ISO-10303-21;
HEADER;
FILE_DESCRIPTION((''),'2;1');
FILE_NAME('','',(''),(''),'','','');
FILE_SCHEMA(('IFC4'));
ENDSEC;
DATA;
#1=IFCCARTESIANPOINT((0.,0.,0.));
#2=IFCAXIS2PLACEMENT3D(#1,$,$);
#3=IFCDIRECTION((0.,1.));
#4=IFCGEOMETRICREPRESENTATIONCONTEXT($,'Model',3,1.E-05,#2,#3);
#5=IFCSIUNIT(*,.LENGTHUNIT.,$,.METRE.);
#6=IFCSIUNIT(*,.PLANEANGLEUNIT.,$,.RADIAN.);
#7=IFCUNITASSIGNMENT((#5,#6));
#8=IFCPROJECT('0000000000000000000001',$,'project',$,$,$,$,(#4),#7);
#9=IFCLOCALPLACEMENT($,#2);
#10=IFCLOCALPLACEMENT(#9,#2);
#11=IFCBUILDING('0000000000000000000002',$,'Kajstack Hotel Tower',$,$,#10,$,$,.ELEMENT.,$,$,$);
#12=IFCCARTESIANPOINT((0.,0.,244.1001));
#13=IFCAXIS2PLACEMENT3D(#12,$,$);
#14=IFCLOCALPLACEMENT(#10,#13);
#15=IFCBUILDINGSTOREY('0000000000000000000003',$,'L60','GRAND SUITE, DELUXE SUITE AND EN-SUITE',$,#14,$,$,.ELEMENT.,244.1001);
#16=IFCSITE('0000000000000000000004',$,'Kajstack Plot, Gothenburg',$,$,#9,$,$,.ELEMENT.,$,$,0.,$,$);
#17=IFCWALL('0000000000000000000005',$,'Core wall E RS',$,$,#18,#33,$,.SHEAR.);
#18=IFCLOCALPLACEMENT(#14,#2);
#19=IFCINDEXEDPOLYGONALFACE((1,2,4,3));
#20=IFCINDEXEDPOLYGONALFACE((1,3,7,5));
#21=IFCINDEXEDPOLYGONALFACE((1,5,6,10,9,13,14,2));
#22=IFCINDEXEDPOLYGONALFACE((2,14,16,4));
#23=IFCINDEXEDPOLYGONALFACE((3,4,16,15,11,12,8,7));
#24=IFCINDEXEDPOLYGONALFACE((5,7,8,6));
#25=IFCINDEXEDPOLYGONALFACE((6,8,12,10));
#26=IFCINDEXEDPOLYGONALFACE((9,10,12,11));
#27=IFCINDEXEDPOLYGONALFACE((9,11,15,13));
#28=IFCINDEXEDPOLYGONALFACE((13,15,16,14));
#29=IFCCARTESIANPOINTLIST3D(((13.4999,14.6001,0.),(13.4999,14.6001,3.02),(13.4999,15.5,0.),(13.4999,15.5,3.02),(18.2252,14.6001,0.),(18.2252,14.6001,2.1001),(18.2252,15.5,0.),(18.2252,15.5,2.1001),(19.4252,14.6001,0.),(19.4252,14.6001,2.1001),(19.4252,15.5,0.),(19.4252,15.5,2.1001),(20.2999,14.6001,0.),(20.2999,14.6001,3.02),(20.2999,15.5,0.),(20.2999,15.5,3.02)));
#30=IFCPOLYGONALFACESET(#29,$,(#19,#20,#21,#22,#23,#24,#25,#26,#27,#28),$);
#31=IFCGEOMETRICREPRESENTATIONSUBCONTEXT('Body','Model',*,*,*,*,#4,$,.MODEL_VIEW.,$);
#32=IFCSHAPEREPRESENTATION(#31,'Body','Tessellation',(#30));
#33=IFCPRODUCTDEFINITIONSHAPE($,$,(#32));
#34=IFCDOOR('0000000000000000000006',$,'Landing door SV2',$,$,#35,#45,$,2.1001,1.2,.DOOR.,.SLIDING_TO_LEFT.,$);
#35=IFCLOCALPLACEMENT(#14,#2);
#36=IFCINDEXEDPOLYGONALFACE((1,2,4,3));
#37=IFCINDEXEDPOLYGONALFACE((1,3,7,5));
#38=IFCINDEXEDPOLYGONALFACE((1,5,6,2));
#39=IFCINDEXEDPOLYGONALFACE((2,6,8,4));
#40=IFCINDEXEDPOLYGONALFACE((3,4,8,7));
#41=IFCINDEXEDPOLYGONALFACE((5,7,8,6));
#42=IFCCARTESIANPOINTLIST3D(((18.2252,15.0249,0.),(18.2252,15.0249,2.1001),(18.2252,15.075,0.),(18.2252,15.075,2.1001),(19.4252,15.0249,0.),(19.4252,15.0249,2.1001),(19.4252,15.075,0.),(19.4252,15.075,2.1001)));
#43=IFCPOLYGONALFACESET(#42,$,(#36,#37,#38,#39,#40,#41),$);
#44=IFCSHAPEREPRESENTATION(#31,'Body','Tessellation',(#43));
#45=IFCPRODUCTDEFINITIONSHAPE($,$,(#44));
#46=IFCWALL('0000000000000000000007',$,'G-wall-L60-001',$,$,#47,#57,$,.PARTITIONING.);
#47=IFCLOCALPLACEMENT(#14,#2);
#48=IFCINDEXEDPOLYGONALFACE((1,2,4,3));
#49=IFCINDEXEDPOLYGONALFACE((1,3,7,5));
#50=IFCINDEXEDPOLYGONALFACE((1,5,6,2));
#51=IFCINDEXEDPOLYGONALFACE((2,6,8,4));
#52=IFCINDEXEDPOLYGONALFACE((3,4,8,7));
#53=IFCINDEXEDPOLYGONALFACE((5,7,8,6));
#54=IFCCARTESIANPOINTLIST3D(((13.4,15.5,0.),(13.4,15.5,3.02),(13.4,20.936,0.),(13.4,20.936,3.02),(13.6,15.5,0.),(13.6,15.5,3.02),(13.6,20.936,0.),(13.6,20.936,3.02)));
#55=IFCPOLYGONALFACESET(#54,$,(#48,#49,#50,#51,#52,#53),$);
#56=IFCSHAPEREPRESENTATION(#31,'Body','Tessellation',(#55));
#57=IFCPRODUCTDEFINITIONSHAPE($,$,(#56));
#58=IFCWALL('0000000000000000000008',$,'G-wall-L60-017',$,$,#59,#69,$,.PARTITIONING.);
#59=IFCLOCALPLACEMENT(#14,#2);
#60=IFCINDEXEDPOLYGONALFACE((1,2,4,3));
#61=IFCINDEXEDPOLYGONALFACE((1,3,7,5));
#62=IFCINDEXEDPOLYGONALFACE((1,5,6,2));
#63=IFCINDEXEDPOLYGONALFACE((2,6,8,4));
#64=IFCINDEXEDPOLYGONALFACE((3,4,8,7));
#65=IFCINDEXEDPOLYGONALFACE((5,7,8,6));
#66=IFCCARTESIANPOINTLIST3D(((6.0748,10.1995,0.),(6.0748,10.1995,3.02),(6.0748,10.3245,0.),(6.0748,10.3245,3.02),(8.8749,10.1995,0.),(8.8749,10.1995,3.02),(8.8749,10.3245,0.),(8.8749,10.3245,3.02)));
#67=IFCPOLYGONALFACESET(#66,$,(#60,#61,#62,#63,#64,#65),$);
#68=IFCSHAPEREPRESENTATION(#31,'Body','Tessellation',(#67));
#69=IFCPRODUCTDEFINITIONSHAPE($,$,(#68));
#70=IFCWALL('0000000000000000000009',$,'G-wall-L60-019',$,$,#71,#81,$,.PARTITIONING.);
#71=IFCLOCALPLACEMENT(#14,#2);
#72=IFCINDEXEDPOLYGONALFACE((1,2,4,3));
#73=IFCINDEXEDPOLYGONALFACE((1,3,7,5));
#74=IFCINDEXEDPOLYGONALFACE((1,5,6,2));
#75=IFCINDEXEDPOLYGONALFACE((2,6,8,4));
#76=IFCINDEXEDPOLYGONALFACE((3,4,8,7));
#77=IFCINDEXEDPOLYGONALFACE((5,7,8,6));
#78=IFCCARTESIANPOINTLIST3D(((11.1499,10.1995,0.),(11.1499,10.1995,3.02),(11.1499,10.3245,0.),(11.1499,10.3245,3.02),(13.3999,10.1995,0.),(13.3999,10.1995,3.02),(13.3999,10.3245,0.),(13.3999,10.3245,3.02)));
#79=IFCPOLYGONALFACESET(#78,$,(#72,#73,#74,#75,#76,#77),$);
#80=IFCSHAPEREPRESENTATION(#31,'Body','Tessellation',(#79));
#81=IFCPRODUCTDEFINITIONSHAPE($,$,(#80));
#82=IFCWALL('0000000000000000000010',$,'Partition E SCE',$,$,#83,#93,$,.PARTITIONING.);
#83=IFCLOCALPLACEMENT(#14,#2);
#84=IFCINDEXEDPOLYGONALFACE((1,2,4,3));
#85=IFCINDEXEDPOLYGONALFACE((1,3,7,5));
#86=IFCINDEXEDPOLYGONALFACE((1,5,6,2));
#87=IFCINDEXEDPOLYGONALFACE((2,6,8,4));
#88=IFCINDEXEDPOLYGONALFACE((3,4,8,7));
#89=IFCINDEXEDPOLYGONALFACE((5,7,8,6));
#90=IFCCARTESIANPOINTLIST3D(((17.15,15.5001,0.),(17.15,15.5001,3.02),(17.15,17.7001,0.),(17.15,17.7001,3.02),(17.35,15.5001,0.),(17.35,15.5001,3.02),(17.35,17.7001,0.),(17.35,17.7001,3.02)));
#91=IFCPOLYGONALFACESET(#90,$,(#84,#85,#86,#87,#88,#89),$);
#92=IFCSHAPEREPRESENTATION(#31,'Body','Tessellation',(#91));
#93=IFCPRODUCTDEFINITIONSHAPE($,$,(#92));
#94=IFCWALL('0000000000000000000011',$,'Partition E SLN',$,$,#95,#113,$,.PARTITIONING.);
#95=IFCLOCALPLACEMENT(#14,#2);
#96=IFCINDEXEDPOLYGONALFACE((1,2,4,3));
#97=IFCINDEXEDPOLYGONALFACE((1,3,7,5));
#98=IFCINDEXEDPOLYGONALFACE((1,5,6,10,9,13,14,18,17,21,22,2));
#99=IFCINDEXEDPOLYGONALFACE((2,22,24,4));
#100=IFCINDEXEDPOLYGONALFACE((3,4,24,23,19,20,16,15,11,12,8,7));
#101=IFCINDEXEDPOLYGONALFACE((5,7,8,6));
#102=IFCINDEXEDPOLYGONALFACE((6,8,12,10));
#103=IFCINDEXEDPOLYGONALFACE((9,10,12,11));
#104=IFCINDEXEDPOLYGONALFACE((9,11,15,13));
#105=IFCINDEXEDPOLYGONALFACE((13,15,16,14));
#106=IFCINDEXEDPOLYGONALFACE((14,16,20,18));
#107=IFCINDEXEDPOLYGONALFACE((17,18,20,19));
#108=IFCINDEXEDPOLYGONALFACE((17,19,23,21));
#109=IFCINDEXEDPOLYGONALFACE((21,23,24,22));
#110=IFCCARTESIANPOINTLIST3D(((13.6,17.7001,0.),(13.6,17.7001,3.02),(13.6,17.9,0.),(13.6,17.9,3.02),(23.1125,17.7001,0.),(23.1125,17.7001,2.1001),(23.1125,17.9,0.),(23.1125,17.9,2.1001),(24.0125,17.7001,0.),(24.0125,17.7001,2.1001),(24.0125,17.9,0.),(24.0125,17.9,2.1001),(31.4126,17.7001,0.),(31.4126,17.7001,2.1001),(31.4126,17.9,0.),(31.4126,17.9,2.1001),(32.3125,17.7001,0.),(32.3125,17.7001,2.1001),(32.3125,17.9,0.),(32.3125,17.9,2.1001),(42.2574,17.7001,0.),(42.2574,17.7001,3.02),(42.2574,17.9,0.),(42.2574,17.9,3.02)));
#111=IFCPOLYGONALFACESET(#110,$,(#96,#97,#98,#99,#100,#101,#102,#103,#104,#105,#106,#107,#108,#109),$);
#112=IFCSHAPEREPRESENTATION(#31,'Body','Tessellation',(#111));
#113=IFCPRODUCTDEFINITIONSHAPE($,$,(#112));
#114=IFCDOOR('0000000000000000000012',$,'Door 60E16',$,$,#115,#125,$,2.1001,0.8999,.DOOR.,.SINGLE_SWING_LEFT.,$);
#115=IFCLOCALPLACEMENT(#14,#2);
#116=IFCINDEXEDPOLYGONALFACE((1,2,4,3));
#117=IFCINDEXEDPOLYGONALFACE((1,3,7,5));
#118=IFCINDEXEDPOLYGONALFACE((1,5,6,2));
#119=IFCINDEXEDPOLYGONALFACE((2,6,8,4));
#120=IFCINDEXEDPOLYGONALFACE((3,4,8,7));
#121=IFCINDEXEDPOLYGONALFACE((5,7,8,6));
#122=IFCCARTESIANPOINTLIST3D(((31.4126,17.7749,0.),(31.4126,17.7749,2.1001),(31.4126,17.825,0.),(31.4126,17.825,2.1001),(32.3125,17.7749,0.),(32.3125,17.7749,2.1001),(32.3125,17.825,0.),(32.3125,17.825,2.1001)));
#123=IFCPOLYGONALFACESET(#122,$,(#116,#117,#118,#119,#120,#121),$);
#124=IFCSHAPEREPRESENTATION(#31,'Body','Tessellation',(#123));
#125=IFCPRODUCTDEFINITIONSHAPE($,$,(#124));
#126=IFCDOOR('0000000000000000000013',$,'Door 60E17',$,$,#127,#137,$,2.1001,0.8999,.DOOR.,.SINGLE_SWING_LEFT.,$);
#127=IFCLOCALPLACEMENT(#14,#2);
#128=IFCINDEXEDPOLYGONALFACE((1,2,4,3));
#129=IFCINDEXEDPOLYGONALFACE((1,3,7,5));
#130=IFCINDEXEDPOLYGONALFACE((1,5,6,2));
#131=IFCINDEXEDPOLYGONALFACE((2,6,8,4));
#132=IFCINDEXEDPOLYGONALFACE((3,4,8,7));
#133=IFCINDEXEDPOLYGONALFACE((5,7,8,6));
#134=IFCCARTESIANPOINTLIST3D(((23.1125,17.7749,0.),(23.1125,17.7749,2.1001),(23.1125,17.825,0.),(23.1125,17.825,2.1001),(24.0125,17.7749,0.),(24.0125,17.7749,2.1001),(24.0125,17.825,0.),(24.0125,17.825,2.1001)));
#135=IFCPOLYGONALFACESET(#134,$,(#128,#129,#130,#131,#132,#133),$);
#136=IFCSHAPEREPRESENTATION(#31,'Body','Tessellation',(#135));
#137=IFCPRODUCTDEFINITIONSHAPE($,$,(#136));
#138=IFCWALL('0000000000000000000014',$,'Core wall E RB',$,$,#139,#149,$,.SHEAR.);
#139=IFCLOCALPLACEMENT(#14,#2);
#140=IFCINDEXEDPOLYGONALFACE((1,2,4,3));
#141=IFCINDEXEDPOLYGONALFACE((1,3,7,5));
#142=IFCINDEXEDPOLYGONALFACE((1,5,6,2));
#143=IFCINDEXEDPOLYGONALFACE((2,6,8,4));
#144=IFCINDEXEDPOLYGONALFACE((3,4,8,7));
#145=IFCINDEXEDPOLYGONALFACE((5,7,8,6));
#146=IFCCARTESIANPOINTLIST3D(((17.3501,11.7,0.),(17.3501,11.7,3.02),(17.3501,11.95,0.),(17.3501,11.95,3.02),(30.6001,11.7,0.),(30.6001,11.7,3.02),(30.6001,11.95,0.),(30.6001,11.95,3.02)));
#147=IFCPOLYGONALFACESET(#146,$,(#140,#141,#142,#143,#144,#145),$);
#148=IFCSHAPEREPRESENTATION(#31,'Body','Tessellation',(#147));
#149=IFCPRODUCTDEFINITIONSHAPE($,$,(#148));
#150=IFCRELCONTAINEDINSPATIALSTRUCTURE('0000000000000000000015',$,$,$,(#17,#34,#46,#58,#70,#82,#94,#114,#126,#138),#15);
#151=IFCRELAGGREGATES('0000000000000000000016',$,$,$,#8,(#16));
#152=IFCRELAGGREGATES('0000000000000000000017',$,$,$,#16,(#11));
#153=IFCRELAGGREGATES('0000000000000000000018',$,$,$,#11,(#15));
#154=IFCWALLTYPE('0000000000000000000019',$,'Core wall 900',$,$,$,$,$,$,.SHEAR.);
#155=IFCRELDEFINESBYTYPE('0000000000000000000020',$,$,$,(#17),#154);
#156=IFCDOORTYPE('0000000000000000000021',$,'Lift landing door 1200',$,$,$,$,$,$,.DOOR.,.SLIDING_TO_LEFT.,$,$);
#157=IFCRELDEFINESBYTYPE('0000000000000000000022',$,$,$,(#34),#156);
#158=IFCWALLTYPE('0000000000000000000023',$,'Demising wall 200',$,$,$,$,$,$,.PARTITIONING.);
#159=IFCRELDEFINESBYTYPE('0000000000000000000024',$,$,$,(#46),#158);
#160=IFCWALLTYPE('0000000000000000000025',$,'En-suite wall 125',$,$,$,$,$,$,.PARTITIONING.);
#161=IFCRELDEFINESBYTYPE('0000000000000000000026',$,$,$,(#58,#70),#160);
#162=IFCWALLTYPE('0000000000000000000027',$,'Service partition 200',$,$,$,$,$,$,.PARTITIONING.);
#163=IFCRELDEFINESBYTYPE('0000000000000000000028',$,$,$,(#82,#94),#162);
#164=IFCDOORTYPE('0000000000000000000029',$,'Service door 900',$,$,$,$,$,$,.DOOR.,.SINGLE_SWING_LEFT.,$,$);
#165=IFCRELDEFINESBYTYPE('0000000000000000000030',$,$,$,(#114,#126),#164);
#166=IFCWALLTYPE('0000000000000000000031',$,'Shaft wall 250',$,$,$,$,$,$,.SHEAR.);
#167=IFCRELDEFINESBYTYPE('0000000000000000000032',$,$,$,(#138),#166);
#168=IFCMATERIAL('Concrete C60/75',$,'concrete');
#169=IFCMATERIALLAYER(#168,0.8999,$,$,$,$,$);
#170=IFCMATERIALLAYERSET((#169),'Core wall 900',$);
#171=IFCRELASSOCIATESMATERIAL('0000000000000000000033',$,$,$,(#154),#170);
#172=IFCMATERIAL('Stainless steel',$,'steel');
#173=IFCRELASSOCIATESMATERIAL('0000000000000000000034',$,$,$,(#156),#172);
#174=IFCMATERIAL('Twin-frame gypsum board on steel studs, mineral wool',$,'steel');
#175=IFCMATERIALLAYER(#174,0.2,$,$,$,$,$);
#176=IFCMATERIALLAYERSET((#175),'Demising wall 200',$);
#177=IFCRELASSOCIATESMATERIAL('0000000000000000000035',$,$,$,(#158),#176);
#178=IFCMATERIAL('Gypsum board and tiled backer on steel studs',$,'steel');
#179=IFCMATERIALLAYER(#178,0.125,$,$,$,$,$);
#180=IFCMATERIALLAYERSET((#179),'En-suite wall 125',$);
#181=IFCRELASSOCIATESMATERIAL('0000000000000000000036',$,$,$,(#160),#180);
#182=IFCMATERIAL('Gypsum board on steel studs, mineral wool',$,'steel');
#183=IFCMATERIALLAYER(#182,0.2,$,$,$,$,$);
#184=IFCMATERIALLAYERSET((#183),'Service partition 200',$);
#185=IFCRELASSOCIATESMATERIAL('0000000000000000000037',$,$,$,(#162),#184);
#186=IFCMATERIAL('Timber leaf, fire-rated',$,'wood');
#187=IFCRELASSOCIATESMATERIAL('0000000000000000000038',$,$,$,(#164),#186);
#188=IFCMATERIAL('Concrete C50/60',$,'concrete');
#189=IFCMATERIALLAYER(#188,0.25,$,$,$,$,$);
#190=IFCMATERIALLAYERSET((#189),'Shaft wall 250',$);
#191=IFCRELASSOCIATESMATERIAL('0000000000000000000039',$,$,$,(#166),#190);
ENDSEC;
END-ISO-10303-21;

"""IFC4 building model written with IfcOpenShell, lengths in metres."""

from ifc_helpers import new_model, si_unit, direction, frame, frame_2d, origin, place, context, subcontext, project, spatial, rectangle, extrude, material, layer, layer_set, type_object, element, fill, save


model = new_model("IFC4")

# Units and contexts
model_context = context("Model", 3, precision=1e-05, world=origin(), true_north=direction((0.0, 1.0)))
body_context = subcontext(model_context, "Body", "Model", "MODEL_VIEW")
ifc_project = project(units=[si_unit("LENGTHUNIT", "METRE"), si_unit("PLANEANGLEUNIT", "RADIAN")], contexts=[model_context])

# Site, building, storey
site_placement = place(None, origin())
site = spatial("IfcSite", under=ifc_project, at=site_placement, Name="Kajstack Plot, Gothenburg", CompositionType="ELEMENT", RefElevation=0.0)
building_placement = place(site_placement, origin())
building = spatial("IfcBuilding", under=site, at=building_placement, Name="Kajstack Hotel Tower", CompositionType="ELEMENT")
storey_placement = place(building_placement, frame((0.0, 0.0, 244.1001)))
storey = spatial("IfcBuildingStorey", under=building, at=storey_placement, Name="L60", Description="GRAND SUITE, DELUXE SUITE AND EN-SUITE", CompositionType="ELEMENT", Elevation=244.1001)

# Wall, opening, door
ifc_material_1 = material(Name="Concrete C60/75", Category="concrete")
ifc_layer_1 = layer(ifc_material_1, 0.8999)
ifc_layer_set_1 = layer_set([ifc_layer_1], Name="Core wall 900")
wall_type_1 = type_object("IfcWallType", Name="Core wall 900", PredefinedType="SHEAR", material=ifc_layer_set_1)
wall_1_placement = place(storey_placement, frame((13.5, 15.05, 0.0), z_axis=(0.0, 0.0, 1.0), x_axis=(1.0, 0.0, 0.0)))
wall_1 = element("IfcWall", 1, at=wall_1_placement, inside=storey, type_object=wall_type_1, Name="Core wall E RS", PredefinedType="SHEAR", context=body_context, shape_type="SweptSolid", body=[
    extrude(rectangle(XDim=6.8, YDim=0.8999, at=frame_2d((3.3999, 0.0))), origin(), (0.0, 0.0, 1.0), 3.02),
])
opening_1_placement = place(wall_1_placement, frame((4.7251, 0.0, 0.0)))
opening_1 = element("IfcOpeningElement", 2, at=opening_1_placement, cuts=wall_1, PredefinedType="OPENING", context=body_context, shape_type="SweptSolid", body=[
    extrude(rectangle(XDim=1.2, YDim=2.1001, at=frame_2d((0.6001, 1.05))), frame((0.0, 0.46, 0.0), z_axis=(0.0, -1.0, 0.0), x_axis=(1.0, 0.0, 0.0)), (0.0, 0.0, 1.0), 0.9199),
])
ifc_material_2 = material(Name="Stainless steel", Category="steel")
door_type_1 = type_object("IfcDoorType", Name="Lift landing door 1200", OperationType="SLIDING_TO_LEFT", PredefinedType="DOOR", material=ifc_material_2)
door_1_placement = place(opening_1_placement, origin())
door_1 = element("IfcDoor", 3, at=door_1_placement, inside=storey, type_object=door_type_1, Name="Landing door SV2", OperationType="SLIDING_TO_LEFT", OverallHeight=2.1001, OverallWidth=1.2, PredefinedType="DOOR", context=body_context, shape_type="SweptSolid", body=[
    extrude(rectangle(XDim=1.2, YDim=2.1001, at=frame_2d((0.6001, 1.05))), frame((0.0, 0.0249, 0.0), z_axis=(0.0, -1.0, 0.0), x_axis=(1.0, 0.0, 0.0)), (0.0, 0.0, 1.0), 0.05),
])
fill(opening_1, door_1)

# Wall
ifc_material_3 = material(Name="Twin-frame gypsum board on steel studs, mineral wool", Category="steel")
ifc_layer_2 = layer(ifc_material_3, 0.2)
ifc_layer_set_2 = layer_set([ifc_layer_2], Name="Demising wall 200")
wall_type_2 = type_object("IfcWallType", Name="Demising wall 200", PredefinedType="PARTITIONING", material=ifc_layer_set_2)
wall_2_placement = place(storey_placement, frame((13.5, 15.5, 0.0), z_axis=(0.0, 0.0, 1.0), x_axis=(0.0, 1.0, 0.0)))
element("IfcWall", 4, at=wall_2_placement, inside=storey, type_object=wall_type_2, Name="G-wall-L60-001", PredefinedType="PARTITIONING", context=body_context, shape_type="SweptSolid", body=[
    extrude(rectangle(XDim=5.436, YDim=0.2, at=frame_2d((2.718, 0.0))), origin(), (0.0, 0.0, 1.0), 3.02),
])

# Walls
ifc_material_4 = material(Name="Gypsum board and tiled backer on steel studs", Category="steel")
ifc_layer_3 = layer(ifc_material_4, 0.125)
ifc_layer_set_3 = layer_set([ifc_layer_3], Name="En-suite wall 125")
wall_type_3 = type_object("IfcWallType", Name="En-suite wall 125", PredefinedType="PARTITIONING", material=ifc_layer_set_3)
wall_3_placement = place(storey_placement, frame((6.075, 10.262, 0.0), z_axis=(0.0, 0.0, 1.0), x_axis=(1.0, 0.0, 0.0)))
element("IfcWall", 5, at=wall_3_placement, inside=storey, type_object=wall_type_3, Name="G-wall-L60-017", PredefinedType="PARTITIONING", context=body_context, shape_type="SweptSolid", body=[
    extrude(rectangle(XDim=2.8, YDim=0.125, at=frame_2d((1.3999, 0.0))), origin(), (0.0, 0.0, 1.0), 3.02),
])
wall_4_placement = place(storey_placement, frame((11.1499, 10.262, 0.0), z_axis=(0.0, 0.0, 1.0), x_axis=(1.0, 0.0, 0.0)))
element("IfcWall", 6, at=wall_4_placement, inside=storey, type_object=wall_type_3, Name="G-wall-L60-019", PredefinedType="PARTITIONING", context=body_context, shape_type="SweptSolid", body=[
    extrude(rectangle(XDim=2.25, YDim=0.125, at=frame_2d((1.125, 0.0))), origin(), (0.0, 0.0, 1.0), 3.02),
])
ifc_material_5 = material(Name="Gypsum board on steel studs, mineral wool", Category="steel")
ifc_layer_4 = layer(ifc_material_5, 0.2)
ifc_layer_set_4 = layer_set([ifc_layer_4], Name="Service partition 200")
wall_type_4 = type_object("IfcWallType", Name="Service partition 200", PredefinedType="PARTITIONING", material=ifc_layer_set_4)
wall_5_placement = place(storey_placement, frame((17.25, 15.5, 0.0), z_axis=(0.0, 0.0, 1.0), x_axis=(0.0, 1.0, 0.0)))
element("IfcWall", 7, at=wall_5_placement, inside=storey, type_object=wall_type_4, Name="Partition E SCE", PredefinedType="PARTITIONING", context=body_context, shape_type="SweptSolid", body=[
    extrude(rectangle(XDim=2.2, YDim=0.2, at=frame_2d((1.1001, 0.0))), origin(), (0.0, 0.0, 1.0), 3.02),
])

# Wall, openings, doors
wall_6_placement = place(storey_placement, frame((13.6001, 17.8, 0.0), z_axis=(0.0, 0.0, 1.0), x_axis=(1.0, 0.0, 0.0)))
wall_6 = element("IfcWall", 8, at=wall_6_placement, inside=storey, type_object=wall_type_4, Name="Partition E SLN", PredefinedType="PARTITIONING", context=body_context, shape_type="SweptSolid", body=[
    extrude(rectangle(XDim=28.6575, YDim=0.2, at=frame_2d((14.3286, 0.0))), origin(), (0.0, 0.0, 1.0), 3.02),
])
opening_2_placement = place(wall_6_placement, frame((17.8125, 0.0, 0.0)))
opening_2 = element("IfcOpeningElement", 9, at=opening_2_placement, cuts=wall_6, PredefinedType="OPENING", context=body_context, shape_type="SweptSolid", body=[
    extrude(rectangle(XDim=0.8999, YDim=2.1001, at=frame_2d((0.45, 1.05))), frame((0.0, 0.1099, 0.0), z_axis=(0.0, -1.0, 0.0), x_axis=(1.0, 0.0, 0.0)), (0.0, 0.0, 1.0), 0.22),
])
opening_3_placement = place(wall_6_placement, frame((9.5125, 0.0, 0.0)))
opening_3 = element("IfcOpeningElement", 10, at=opening_3_placement, cuts=wall_6, PredefinedType="OPENING", context=body_context, shape_type="SweptSolid", body=[
    extrude(rectangle(XDim=0.8999, YDim=2.1001, at=frame_2d((0.45, 1.05))), frame((0.0, 0.1099, 0.0), z_axis=(0.0, -1.0, 0.0), x_axis=(1.0, 0.0, 0.0)), (0.0, 0.0, 1.0), 0.22),
])
ifc_material_6 = material(Name="Timber leaf, fire-rated", Category="wood")
door_type_2 = type_object("IfcDoorType", Name="Service door 900", OperationType="SINGLE_SWING_LEFT", PredefinedType="DOOR", material=ifc_material_6)
door_2_placement = place(opening_2_placement, origin())
door_2 = element("IfcDoor", 11, at=door_2_placement, inside=storey, type_object=door_type_2, Name="Door 60E16", OperationType="SINGLE_SWING_LEFT", OverallHeight=2.1001, OverallWidth=0.8999, PredefinedType="DOOR", context=body_context, shape_type="SweptSolid", body=[
    extrude(rectangle(XDim=0.8999, YDim=2.1001, at=frame_2d((0.45, 1.05))), frame((0.0, 0.0249, 0.0), z_axis=(0.0, -1.0, 0.0), x_axis=(1.0, 0.0, 0.0)), (0.0, 0.0, 1.0), 0.05),
])
fill(opening_2, door_2)
door_3_placement = place(opening_3_placement, origin())
door_3 = element("IfcDoor", 12, at=door_3_placement, inside=storey, type_object=door_type_2, Name="Door 60E17", OperationType="SINGLE_SWING_LEFT", OverallHeight=2.1001, OverallWidth=0.8999, PredefinedType="DOOR", context=body_context, shape_type="SweptSolid", body=[
    extrude(rectangle(XDim=0.8999, YDim=2.1001, at=frame_2d((0.45, 1.05))), frame((0.0, 0.0249, 0.0), z_axis=(0.0, -1.0, 0.0), x_axis=(1.0, 0.0, 0.0)), (0.0, 0.0, 1.0), 0.05),
])
fill(opening_3, door_3)

# Wall
ifc_material_7 = material(Name="Concrete C50/60", Category="concrete")
ifc_layer_5 = layer(ifc_material_7, 0.25)
ifc_layer_set_5 = layer_set([ifc_layer_5], Name="Shaft wall 250")
wall_type_5 = type_object("IfcWallType", Name="Shaft wall 250", PredefinedType="SHEAR", material=ifc_layer_set_5)
wall_7_placement = place(storey_placement, frame((17.3501, 11.825, 0.0), z_axis=(0.0, 0.0, 1.0), x_axis=(1.0, 0.0, 0.0)))
element("IfcWall", 13, at=wall_7_placement, inside=storey, type_object=wall_type_5, Name="Core wall E RB", PredefinedType="SHEAR", context=body_context, shape_type="SweptSolid", body=[
    extrude(rectangle(XDim=13.25, YDim=0.25, at=frame_2d((6.625, 0.0))), origin(), (0.0, 0.0, 1.0), 3.02),
])

save(model, "model.ifc")
